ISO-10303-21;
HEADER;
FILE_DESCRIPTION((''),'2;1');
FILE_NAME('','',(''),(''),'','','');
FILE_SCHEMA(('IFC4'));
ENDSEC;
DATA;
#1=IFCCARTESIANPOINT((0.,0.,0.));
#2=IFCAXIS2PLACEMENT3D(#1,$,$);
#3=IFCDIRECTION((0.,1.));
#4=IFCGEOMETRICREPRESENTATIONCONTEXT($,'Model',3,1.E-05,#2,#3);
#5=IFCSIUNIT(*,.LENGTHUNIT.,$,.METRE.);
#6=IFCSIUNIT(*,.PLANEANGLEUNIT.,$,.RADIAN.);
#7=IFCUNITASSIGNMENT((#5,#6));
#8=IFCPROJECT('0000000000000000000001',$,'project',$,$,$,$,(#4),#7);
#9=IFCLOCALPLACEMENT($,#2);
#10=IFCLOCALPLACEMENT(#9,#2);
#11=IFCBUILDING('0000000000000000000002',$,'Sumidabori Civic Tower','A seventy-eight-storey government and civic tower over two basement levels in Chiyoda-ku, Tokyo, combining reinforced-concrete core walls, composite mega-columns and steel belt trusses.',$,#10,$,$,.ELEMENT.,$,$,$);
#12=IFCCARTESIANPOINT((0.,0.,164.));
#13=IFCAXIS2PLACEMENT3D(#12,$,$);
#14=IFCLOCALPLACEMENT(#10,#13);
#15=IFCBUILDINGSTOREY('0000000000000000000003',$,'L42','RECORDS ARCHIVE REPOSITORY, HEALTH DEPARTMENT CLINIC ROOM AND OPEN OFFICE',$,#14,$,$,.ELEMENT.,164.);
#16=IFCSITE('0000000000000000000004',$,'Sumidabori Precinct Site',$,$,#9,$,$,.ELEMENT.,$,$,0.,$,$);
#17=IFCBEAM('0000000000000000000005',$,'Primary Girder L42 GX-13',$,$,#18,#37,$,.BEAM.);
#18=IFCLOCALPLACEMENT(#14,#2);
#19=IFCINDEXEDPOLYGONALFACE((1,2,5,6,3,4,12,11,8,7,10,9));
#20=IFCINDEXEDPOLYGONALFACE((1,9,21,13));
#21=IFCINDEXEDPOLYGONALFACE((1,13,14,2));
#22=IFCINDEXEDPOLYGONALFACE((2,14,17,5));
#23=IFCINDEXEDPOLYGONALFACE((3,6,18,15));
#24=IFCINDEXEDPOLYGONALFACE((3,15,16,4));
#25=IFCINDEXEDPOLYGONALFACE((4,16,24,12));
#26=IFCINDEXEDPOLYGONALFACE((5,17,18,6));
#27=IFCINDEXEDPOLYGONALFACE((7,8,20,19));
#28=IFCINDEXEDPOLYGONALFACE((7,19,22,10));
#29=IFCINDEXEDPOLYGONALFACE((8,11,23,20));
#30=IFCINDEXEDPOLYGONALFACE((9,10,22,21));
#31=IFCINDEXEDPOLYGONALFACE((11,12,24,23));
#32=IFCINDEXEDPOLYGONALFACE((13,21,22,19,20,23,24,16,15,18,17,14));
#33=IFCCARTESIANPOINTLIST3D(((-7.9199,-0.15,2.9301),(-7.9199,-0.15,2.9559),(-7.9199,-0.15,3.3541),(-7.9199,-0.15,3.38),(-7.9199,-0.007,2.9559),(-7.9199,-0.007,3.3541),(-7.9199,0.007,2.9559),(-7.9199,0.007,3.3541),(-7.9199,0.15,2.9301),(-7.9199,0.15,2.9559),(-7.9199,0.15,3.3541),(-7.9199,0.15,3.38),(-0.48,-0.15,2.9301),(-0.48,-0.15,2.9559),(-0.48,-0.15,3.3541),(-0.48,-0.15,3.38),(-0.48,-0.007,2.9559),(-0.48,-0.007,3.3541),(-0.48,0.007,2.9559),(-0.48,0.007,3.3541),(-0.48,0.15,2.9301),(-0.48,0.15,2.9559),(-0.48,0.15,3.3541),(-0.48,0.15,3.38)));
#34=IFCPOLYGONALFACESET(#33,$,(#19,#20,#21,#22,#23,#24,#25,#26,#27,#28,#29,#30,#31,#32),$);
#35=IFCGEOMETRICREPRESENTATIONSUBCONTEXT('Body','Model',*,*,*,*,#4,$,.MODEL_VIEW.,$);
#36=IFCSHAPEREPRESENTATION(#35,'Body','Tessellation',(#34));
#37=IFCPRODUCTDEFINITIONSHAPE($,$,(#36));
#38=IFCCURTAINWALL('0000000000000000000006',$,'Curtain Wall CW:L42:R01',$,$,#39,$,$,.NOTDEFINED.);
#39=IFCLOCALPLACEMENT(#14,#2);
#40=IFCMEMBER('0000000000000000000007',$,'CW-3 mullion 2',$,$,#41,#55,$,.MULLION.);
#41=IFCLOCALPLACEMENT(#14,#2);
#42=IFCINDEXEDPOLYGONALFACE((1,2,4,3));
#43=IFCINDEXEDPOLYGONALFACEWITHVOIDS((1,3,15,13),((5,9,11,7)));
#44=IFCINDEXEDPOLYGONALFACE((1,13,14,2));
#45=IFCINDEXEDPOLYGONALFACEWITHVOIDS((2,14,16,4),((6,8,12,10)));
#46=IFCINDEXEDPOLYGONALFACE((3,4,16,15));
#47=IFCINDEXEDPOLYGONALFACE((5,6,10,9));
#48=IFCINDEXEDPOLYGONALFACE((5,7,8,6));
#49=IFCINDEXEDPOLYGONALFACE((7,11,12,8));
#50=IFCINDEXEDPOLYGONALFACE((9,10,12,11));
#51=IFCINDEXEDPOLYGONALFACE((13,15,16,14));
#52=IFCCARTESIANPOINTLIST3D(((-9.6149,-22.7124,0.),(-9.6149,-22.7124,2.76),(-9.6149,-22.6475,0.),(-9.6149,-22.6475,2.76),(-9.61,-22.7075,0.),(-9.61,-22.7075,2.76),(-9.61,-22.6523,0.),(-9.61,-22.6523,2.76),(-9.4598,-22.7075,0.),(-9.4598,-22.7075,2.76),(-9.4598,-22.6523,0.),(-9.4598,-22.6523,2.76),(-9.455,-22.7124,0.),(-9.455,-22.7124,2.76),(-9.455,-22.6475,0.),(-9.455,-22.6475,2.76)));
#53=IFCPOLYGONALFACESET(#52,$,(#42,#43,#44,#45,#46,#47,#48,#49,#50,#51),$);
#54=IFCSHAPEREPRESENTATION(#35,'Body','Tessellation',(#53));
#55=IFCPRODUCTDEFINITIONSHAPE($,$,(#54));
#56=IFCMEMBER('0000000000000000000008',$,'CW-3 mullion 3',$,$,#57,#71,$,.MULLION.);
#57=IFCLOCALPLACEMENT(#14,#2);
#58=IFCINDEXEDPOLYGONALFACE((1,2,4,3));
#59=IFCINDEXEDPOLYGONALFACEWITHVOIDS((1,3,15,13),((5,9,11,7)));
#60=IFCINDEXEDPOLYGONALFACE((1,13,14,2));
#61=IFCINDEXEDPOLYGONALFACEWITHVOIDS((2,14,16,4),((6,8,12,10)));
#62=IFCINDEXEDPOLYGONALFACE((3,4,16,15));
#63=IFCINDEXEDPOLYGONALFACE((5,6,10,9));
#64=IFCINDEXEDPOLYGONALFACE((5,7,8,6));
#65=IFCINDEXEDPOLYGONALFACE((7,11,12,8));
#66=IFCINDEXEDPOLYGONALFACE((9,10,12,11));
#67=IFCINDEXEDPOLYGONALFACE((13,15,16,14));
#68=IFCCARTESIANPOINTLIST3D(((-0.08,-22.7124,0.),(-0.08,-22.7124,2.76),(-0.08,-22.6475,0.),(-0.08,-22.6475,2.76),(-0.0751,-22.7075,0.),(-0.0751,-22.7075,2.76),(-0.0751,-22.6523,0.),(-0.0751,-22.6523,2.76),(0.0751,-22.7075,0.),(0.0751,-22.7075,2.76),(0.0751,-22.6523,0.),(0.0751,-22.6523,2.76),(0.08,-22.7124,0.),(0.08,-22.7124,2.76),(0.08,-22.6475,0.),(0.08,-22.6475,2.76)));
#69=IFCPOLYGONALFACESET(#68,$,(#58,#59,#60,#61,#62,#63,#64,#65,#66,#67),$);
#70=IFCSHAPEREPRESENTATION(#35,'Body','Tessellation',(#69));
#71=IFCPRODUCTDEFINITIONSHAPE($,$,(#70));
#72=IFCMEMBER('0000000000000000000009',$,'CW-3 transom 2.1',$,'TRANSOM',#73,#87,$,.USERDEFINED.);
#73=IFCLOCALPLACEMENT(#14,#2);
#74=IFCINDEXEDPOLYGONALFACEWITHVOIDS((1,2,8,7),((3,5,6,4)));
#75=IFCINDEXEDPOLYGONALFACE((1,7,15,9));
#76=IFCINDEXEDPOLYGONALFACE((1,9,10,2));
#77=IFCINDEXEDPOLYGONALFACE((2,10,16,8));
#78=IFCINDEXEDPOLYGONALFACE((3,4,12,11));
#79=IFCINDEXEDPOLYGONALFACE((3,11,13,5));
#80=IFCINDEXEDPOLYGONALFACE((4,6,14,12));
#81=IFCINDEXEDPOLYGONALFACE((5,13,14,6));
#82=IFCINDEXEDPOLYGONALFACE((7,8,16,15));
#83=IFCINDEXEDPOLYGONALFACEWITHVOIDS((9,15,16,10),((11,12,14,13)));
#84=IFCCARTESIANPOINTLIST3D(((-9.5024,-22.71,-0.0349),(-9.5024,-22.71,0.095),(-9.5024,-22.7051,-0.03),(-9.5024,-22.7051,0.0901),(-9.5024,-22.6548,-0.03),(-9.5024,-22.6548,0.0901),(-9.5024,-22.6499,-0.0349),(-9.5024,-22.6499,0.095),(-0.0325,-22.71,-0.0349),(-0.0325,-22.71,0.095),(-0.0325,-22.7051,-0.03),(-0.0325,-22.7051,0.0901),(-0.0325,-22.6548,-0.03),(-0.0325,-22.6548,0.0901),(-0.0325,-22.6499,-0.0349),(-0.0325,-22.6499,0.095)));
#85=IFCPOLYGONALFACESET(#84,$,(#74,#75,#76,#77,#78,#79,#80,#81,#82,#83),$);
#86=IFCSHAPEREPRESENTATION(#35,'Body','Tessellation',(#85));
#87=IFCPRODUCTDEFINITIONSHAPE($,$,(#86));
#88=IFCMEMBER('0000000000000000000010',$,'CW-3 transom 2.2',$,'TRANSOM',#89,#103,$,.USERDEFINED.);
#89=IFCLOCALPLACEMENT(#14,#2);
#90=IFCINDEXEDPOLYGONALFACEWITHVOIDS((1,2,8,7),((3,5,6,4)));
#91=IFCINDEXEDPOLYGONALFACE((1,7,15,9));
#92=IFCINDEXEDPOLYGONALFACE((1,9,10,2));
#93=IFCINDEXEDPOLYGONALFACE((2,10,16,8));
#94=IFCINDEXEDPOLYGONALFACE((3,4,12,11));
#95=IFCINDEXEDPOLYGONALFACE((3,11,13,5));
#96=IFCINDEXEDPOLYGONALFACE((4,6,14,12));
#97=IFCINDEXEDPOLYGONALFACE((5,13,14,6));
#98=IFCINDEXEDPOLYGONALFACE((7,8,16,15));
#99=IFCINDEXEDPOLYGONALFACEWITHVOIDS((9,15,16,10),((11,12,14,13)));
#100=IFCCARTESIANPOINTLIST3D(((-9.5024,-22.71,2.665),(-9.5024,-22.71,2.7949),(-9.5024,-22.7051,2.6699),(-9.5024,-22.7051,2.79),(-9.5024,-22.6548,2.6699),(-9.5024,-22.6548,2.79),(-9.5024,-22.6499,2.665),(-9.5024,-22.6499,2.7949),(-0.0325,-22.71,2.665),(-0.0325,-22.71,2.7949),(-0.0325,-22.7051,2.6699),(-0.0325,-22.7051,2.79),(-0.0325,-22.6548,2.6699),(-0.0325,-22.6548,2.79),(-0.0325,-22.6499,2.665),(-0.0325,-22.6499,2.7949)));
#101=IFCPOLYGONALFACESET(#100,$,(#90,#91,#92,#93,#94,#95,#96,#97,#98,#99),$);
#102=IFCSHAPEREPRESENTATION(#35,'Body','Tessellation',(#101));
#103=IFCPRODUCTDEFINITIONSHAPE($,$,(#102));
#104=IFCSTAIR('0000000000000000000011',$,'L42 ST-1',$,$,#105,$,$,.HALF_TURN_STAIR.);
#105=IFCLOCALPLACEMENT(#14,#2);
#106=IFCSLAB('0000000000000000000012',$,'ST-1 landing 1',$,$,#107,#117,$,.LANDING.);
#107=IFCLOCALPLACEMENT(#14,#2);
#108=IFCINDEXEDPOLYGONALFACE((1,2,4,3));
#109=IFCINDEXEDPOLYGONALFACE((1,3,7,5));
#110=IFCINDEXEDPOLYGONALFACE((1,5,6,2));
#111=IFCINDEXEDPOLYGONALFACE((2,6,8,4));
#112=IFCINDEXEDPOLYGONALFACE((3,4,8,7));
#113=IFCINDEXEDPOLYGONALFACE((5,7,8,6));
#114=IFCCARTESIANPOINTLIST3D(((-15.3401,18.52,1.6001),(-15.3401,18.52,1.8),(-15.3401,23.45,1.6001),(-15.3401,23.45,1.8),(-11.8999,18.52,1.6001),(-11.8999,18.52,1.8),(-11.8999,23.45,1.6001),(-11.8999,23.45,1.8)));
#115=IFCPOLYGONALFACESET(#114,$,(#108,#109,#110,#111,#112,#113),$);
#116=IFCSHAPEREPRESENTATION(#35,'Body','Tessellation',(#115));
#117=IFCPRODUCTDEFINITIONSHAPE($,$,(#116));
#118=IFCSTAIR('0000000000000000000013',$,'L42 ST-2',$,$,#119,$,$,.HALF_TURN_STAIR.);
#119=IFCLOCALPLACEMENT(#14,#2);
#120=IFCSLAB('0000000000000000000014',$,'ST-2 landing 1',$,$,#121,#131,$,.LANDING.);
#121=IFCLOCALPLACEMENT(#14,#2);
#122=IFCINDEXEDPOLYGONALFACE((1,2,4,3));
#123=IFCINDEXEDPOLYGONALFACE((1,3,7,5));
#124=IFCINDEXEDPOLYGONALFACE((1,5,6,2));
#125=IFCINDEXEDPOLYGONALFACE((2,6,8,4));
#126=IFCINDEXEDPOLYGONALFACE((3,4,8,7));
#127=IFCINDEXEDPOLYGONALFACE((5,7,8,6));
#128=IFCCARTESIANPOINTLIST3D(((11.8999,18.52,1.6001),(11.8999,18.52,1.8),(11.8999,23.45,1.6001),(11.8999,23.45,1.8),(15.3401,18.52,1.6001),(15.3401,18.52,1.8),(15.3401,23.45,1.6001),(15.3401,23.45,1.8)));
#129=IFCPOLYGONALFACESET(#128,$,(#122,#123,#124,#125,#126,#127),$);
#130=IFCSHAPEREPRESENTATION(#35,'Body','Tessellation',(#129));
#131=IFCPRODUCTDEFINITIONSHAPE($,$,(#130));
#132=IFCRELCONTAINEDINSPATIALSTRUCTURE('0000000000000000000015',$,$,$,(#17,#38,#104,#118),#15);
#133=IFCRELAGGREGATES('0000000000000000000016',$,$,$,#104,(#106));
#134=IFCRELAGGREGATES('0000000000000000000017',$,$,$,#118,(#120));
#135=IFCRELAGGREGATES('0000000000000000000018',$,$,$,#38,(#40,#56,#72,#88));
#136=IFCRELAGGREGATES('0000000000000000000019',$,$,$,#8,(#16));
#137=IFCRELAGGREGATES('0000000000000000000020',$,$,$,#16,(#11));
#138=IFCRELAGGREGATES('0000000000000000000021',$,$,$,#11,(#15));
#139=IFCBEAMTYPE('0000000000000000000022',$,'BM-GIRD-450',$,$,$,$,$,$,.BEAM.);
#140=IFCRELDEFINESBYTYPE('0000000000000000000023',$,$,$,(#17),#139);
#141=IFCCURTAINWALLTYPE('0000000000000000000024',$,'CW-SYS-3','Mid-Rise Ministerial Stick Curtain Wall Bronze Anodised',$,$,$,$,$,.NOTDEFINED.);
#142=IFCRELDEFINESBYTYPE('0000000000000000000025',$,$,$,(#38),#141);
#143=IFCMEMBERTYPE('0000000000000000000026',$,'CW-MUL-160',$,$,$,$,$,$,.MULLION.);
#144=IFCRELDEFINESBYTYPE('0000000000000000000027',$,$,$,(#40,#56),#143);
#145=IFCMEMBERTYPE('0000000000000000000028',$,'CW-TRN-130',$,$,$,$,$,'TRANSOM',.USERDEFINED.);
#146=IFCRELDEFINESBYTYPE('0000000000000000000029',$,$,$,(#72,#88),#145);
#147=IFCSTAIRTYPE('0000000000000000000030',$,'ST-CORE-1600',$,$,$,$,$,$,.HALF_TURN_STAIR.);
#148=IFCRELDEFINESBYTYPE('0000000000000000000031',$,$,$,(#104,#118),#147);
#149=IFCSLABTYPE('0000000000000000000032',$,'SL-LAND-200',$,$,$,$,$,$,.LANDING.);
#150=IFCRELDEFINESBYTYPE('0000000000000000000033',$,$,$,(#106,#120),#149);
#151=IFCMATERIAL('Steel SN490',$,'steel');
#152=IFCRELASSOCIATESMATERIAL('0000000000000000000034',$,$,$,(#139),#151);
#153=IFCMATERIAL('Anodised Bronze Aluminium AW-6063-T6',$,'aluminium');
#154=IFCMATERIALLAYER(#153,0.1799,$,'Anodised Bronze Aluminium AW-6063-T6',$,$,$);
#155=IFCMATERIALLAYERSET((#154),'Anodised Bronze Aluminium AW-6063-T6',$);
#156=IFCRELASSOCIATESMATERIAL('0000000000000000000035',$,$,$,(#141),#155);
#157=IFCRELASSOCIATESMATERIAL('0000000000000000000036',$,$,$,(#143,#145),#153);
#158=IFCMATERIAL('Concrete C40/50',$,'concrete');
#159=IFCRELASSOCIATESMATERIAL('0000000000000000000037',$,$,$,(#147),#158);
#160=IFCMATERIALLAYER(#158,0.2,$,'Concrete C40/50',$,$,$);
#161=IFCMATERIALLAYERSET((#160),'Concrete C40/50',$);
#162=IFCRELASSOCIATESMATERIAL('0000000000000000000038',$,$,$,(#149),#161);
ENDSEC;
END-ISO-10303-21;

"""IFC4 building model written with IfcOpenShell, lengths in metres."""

from ifc_helpers import new_model, si_unit, direction, frame, origin, origin_2d, place, context, subcontext, project, spatial, polyline, hollow_rectangle, i_section, outline, extrude, source, transform, mapped, material, layer, layer_set, material_profile, profile_set, type_object, element, aggregate, save


model = new_model("IFC4")

# Units and contexts
model_context = context("Model", 3, precision=1e-05, world=origin(), true_north=direction((0.0, 1.0)))
body_context = subcontext(model_context, "Body", "Model", "MODEL_VIEW")
ifc_project = project(units=[si_unit("LENGTHUNIT", "METRE"), si_unit("PLANEANGLEUNIT", "RADIAN")], contexts=[model_context])

# Site, building, storey
site_placement = place(None, origin())
site = spatial("IfcSite", under=ifc_project, at=site_placement, Name="Sumidabori Precinct Site", CompositionType="ELEMENT", RefElevation=0.0)
building_placement = place(site_placement, origin())
building = spatial("IfcBuilding", under=site, at=building_placement, Name="Sumidabori Civic Tower", Description="A seventy-eight-storey government and civic tower over two basement levels in Chiyoda-ku, Tokyo, combining reinforced-concrete core walls, composite mega-columns and steel belt trusses.", CompositionType="ELEMENT")
storey_placement = place(building_placement, frame((0.0, 0.0, 164.0)))
storey = spatial("IfcBuildingStorey", under=building, at=storey_placement, Name="L42", Description="RECORDS ARCHIVE REPOSITORY, HEALTH DEPARTMENT CLINIC ROOM AND OPEN OFFICE", CompositionType="ELEMENT", Elevation=164.0)

# Beam
ifc_material_1 = material(Name="Steel SN490", Category="steel")
ifc_material_profile_1 = material_profile(ifc_material_1, i_section(OverallWidth=0.3, OverallDepth=0.45, WebThickness=0.0139, FlangeThickness=0.0259, at=origin_2d()), Name="HE 450 B")
ifc_profile_set_1 = profile_set([ifc_material_profile_1], Name="Steel SN490")
beam_type_1 = type_object("IfcBeamType", Name="BM-GIRD-450", PredefinedType="BEAM", material=ifc_profile_set_1)
shared_shape_1 = source(origin(), body_context, "Body", "SweptSolid", [
    extrude(i_section(OverallWidth=0.3, OverallDepth=0.45, WebThickness=0.0139, FlangeThickness=0.0259, at=origin_2d()), origin(), (0.0, 0.0, 1.0), 7.4399),
])
for number, where, z_axis, x_axis, name in (
    (1, (-7.9199, 0.0, 3.155), (1.0, 0.0, 0.0), (0.0, 1.0, 0.0), "Primary Girder L42 GX-13"),
):
    element("IfcBeam", number, at=place(storey_placement, frame(where, z_axis=z_axis, x_axis=x_axis)), inside=storey, type_object=beam_type_1, Name=name, PredefinedType="BEAM", context=body_context, shape_type="MappedRepresentation", body=[
        mapped(shared_shape_1, transform((0.0, 0.0, 0.0), x_axis=(1.0, 0.0, 0.0), y_axis=(0.0, 1.0, 0.0), z_axis=(0.0, 0.0, 1.0), scale=1.0)),
    ])

# Curtain wall, members
ifc_material_2 = material(Name="Anodised Bronze Aluminium AW-6063-T6", Category="aluminium")
ifc_layer_1 = layer(ifc_material_2, 0.1799, Name="Anodised Bronze Aluminium AW-6063-T6")
ifc_layer_set_1 = layer_set([ifc_layer_1], Name="Anodised Bronze Aluminium AW-6063-T6")
curtain_wall_type = type_object("IfcCurtainWallType", Name="CW-SYS-3", Description="Mid-Rise Ministerial Stick Curtain Wall Bronze Anodised", PredefinedType="NOTDEFINED", material=ifc_layer_set_1)
curtain_wall_placement = place(storey_placement, origin())
curtain_wall = element("IfcCurtainWall", 2, at=curtain_wall_placement, inside=storey, type_object=curtain_wall_type, Name="Curtain Wall CW:L42:R01", PredefinedType="NOTDEFINED")
ifc_material_profile_2 = material_profile(ifc_material_2, hollow_rectangle(XDim=0.0649, YDim=0.1599, WallThickness=0.0049, at=origin_2d()), Name="ALU MULLION 160x65")
ifc_profile_set_2 = profile_set([ifc_material_profile_2], Name="Anodised Bronze Aluminium AW-6063-T6")
member_type_1 = type_object("IfcMemberType", Name="CW-MUL-160", PredefinedType="MULLION", material=ifc_profile_set_2)
shared_shape_2 = source(origin(), body_context, "Body", "SweptSolid", [
    extrude(hollow_rectangle(XDim=0.0649, YDim=0.1599, WallThickness=0.0049, at=origin_2d()), origin(), (0.0, 0.0, 1.0), 2.76),
])
member_1_placement = place(storey_placement, frame((-9.5349, -22.6799, 0.0), z_axis=(0.0, 0.0, 1.0), x_axis=(0.0, 1.0, 0.0)))
member_1 = element("IfcMember", 3, at=member_1_placement, type_object=member_type_1, Name="CW-3 mullion 2", PredefinedType="MULLION", context=body_context, shape_type="MappedRepresentation", body=[
    mapped(shared_shape_2, transform((0.0, 0.0, 0.0), x_axis=(1.0, 0.0, 0.0), y_axis=(0.0, 1.0, 0.0), z_axis=(0.0, 0.0, 1.0), scale=1.0)),
])
member_2_placement = place(storey_placement, frame((0.0, -22.6799, 0.0), z_axis=(0.0, 0.0, 1.0), x_axis=(0.0, 1.0, 0.0)))
member_2 = element("IfcMember", 4, at=member_2_placement, type_object=member_type_1, Name="CW-3 mullion 3", PredefinedType="MULLION", context=body_context, shape_type="MappedRepresentation", body=[
    mapped(shared_shape_2, transform((0.0, 0.0, 0.0), x_axis=(1.0, 0.0, 0.0), y_axis=(0.0, 1.0, 0.0), z_axis=(0.0, 0.0, 1.0), scale=1.0)),
])
ifc_material_profile_3 = material_profile(ifc_material_2, hollow_rectangle(XDim=0.0601, YDim=0.1299, WallThickness=0.0049, at=origin_2d()), Name="ALU TRANSOM 130x60")
ifc_profile_set_3 = profile_set([ifc_material_profile_3], Name="Anodised Bronze Aluminium AW-6063-T6")
member_type_2 = type_object("IfcMemberType", Name="CW-TRN-130", ElementType="TRANSOM", PredefinedType="USERDEFINED", material=ifc_profile_set_3)
shared_shape_3 = source(origin(), body_context, "Body", "SweptSolid", [
    extrude(hollow_rectangle(XDim=0.0601, YDim=0.1299, WallThickness=0.0049, at=origin_2d()), origin(), (0.0, 0.0, 1.0), 9.47),
])
member_3_placement = place(storey_placement, frame((-9.5024, -22.6799, 0.03), z_axis=(1.0, 0.0, 0.0), x_axis=(0.0, 1.0, 0.0)))
member_3 = element("IfcMember", 5, at=member_3_placement, type_object=member_type_2, Name="CW-3 transom 2.1", ObjectType="TRANSOM", PredefinedType="USERDEFINED", context=body_context, shape_type="MappedRepresentation", body=[
    mapped(shared_shape_3, transform((0.0, 0.0, 0.0), x_axis=(1.0, 0.0, 0.0), y_axis=(0.0, 1.0, 0.0), z_axis=(0.0, 0.0, 1.0), scale=1.0)),
])
member_4_placement = place(storey_placement, frame((-9.5024, -22.6799, 2.73), z_axis=(1.0, 0.0, 0.0), x_axis=(0.0, 1.0, 0.0)))
member_4 = element("IfcMember", 6, at=member_4_placement, type_object=member_type_2, Name="CW-3 transom 2.2", ObjectType="TRANSOM", PredefinedType="USERDEFINED", context=body_context, shape_type="MappedRepresentation", body=[
    mapped(shared_shape_3, transform((0.0, 0.0, 0.0), x_axis=(1.0, 0.0, 0.0), y_axis=(0.0, 1.0, 0.0), z_axis=(0.0, 0.0, 1.0), scale=1.0)),
])

# Stairs, slabs
ifc_material_3 = material(Name="Concrete C40/50", Category="concrete")
stair_type = type_object("IfcStairType", Name="ST-CORE-1600", PredefinedType="HALF_TURN_STAIR", material=ifc_material_3)
stair_1_placement = place(storey_placement, origin())
stair_1 = element("IfcStair", 7, at=stair_1_placement, inside=storey, type_object=stair_type, Name="L42 ST-1", PredefinedType="HALF_TURN_STAIR")
ifc_layer_2 = layer(ifc_material_3, 0.2, Name="Concrete C40/50")
ifc_layer_set_2 = layer_set([ifc_layer_2], Name="Concrete C40/50")
slab_type_1 = type_object("IfcSlabType", Name="SL-LAND-200", PredefinedType="LANDING", material=ifc_layer_set_2)
slab_1_placement = place(storey_placement, frame((0.0, 0.0, 1.6001)))
slab_1 = element("IfcSlab", 8, at=slab_1_placement, type_object=slab_type_1, Name="ST-1 landing 1", PredefinedType="LANDING", context=body_context, shape_type="SweptSolid", body=[
    extrude(outline(polyline([(-11.8999, 18.52), (-11.8999, 23.45), (-15.3401, 23.45), (-15.3401, 18.52), (-11.8999, 18.52)])), origin(), (0.0, 0.0, 1.0), 0.2),
])
aggregate(stair_1, [slab_1])
stair_2_placement = place(storey_placement, origin())
stair_2 = element("IfcStair", 9, at=stair_2_placement, inside=storey, type_object=stair_type, Name="L42 ST-2", PredefinedType="HALF_TURN_STAIR")
slab_2_placement = place(storey_placement, frame((0.0, 0.0, 1.6001)))
slab_2 = element("IfcSlab", 10, at=slab_2_placement, type_object=slab_type_1, Name="ST-2 landing 1", PredefinedType="LANDING", context=body_context, shape_type="SweptSolid", body=[
    extrude(outline(polyline([(15.3401, 18.52), (15.3401, 23.45), (11.8999, 23.45), (11.8999, 18.52), (15.3401, 18.52)])), origin(), (0.0, 0.0, 1.0), 0.2),
])
aggregate(stair_2, [slab_2])

aggregate(curtain_wall, [member_1, member_2, member_3, member_4])

save(model, "model.ifc")
